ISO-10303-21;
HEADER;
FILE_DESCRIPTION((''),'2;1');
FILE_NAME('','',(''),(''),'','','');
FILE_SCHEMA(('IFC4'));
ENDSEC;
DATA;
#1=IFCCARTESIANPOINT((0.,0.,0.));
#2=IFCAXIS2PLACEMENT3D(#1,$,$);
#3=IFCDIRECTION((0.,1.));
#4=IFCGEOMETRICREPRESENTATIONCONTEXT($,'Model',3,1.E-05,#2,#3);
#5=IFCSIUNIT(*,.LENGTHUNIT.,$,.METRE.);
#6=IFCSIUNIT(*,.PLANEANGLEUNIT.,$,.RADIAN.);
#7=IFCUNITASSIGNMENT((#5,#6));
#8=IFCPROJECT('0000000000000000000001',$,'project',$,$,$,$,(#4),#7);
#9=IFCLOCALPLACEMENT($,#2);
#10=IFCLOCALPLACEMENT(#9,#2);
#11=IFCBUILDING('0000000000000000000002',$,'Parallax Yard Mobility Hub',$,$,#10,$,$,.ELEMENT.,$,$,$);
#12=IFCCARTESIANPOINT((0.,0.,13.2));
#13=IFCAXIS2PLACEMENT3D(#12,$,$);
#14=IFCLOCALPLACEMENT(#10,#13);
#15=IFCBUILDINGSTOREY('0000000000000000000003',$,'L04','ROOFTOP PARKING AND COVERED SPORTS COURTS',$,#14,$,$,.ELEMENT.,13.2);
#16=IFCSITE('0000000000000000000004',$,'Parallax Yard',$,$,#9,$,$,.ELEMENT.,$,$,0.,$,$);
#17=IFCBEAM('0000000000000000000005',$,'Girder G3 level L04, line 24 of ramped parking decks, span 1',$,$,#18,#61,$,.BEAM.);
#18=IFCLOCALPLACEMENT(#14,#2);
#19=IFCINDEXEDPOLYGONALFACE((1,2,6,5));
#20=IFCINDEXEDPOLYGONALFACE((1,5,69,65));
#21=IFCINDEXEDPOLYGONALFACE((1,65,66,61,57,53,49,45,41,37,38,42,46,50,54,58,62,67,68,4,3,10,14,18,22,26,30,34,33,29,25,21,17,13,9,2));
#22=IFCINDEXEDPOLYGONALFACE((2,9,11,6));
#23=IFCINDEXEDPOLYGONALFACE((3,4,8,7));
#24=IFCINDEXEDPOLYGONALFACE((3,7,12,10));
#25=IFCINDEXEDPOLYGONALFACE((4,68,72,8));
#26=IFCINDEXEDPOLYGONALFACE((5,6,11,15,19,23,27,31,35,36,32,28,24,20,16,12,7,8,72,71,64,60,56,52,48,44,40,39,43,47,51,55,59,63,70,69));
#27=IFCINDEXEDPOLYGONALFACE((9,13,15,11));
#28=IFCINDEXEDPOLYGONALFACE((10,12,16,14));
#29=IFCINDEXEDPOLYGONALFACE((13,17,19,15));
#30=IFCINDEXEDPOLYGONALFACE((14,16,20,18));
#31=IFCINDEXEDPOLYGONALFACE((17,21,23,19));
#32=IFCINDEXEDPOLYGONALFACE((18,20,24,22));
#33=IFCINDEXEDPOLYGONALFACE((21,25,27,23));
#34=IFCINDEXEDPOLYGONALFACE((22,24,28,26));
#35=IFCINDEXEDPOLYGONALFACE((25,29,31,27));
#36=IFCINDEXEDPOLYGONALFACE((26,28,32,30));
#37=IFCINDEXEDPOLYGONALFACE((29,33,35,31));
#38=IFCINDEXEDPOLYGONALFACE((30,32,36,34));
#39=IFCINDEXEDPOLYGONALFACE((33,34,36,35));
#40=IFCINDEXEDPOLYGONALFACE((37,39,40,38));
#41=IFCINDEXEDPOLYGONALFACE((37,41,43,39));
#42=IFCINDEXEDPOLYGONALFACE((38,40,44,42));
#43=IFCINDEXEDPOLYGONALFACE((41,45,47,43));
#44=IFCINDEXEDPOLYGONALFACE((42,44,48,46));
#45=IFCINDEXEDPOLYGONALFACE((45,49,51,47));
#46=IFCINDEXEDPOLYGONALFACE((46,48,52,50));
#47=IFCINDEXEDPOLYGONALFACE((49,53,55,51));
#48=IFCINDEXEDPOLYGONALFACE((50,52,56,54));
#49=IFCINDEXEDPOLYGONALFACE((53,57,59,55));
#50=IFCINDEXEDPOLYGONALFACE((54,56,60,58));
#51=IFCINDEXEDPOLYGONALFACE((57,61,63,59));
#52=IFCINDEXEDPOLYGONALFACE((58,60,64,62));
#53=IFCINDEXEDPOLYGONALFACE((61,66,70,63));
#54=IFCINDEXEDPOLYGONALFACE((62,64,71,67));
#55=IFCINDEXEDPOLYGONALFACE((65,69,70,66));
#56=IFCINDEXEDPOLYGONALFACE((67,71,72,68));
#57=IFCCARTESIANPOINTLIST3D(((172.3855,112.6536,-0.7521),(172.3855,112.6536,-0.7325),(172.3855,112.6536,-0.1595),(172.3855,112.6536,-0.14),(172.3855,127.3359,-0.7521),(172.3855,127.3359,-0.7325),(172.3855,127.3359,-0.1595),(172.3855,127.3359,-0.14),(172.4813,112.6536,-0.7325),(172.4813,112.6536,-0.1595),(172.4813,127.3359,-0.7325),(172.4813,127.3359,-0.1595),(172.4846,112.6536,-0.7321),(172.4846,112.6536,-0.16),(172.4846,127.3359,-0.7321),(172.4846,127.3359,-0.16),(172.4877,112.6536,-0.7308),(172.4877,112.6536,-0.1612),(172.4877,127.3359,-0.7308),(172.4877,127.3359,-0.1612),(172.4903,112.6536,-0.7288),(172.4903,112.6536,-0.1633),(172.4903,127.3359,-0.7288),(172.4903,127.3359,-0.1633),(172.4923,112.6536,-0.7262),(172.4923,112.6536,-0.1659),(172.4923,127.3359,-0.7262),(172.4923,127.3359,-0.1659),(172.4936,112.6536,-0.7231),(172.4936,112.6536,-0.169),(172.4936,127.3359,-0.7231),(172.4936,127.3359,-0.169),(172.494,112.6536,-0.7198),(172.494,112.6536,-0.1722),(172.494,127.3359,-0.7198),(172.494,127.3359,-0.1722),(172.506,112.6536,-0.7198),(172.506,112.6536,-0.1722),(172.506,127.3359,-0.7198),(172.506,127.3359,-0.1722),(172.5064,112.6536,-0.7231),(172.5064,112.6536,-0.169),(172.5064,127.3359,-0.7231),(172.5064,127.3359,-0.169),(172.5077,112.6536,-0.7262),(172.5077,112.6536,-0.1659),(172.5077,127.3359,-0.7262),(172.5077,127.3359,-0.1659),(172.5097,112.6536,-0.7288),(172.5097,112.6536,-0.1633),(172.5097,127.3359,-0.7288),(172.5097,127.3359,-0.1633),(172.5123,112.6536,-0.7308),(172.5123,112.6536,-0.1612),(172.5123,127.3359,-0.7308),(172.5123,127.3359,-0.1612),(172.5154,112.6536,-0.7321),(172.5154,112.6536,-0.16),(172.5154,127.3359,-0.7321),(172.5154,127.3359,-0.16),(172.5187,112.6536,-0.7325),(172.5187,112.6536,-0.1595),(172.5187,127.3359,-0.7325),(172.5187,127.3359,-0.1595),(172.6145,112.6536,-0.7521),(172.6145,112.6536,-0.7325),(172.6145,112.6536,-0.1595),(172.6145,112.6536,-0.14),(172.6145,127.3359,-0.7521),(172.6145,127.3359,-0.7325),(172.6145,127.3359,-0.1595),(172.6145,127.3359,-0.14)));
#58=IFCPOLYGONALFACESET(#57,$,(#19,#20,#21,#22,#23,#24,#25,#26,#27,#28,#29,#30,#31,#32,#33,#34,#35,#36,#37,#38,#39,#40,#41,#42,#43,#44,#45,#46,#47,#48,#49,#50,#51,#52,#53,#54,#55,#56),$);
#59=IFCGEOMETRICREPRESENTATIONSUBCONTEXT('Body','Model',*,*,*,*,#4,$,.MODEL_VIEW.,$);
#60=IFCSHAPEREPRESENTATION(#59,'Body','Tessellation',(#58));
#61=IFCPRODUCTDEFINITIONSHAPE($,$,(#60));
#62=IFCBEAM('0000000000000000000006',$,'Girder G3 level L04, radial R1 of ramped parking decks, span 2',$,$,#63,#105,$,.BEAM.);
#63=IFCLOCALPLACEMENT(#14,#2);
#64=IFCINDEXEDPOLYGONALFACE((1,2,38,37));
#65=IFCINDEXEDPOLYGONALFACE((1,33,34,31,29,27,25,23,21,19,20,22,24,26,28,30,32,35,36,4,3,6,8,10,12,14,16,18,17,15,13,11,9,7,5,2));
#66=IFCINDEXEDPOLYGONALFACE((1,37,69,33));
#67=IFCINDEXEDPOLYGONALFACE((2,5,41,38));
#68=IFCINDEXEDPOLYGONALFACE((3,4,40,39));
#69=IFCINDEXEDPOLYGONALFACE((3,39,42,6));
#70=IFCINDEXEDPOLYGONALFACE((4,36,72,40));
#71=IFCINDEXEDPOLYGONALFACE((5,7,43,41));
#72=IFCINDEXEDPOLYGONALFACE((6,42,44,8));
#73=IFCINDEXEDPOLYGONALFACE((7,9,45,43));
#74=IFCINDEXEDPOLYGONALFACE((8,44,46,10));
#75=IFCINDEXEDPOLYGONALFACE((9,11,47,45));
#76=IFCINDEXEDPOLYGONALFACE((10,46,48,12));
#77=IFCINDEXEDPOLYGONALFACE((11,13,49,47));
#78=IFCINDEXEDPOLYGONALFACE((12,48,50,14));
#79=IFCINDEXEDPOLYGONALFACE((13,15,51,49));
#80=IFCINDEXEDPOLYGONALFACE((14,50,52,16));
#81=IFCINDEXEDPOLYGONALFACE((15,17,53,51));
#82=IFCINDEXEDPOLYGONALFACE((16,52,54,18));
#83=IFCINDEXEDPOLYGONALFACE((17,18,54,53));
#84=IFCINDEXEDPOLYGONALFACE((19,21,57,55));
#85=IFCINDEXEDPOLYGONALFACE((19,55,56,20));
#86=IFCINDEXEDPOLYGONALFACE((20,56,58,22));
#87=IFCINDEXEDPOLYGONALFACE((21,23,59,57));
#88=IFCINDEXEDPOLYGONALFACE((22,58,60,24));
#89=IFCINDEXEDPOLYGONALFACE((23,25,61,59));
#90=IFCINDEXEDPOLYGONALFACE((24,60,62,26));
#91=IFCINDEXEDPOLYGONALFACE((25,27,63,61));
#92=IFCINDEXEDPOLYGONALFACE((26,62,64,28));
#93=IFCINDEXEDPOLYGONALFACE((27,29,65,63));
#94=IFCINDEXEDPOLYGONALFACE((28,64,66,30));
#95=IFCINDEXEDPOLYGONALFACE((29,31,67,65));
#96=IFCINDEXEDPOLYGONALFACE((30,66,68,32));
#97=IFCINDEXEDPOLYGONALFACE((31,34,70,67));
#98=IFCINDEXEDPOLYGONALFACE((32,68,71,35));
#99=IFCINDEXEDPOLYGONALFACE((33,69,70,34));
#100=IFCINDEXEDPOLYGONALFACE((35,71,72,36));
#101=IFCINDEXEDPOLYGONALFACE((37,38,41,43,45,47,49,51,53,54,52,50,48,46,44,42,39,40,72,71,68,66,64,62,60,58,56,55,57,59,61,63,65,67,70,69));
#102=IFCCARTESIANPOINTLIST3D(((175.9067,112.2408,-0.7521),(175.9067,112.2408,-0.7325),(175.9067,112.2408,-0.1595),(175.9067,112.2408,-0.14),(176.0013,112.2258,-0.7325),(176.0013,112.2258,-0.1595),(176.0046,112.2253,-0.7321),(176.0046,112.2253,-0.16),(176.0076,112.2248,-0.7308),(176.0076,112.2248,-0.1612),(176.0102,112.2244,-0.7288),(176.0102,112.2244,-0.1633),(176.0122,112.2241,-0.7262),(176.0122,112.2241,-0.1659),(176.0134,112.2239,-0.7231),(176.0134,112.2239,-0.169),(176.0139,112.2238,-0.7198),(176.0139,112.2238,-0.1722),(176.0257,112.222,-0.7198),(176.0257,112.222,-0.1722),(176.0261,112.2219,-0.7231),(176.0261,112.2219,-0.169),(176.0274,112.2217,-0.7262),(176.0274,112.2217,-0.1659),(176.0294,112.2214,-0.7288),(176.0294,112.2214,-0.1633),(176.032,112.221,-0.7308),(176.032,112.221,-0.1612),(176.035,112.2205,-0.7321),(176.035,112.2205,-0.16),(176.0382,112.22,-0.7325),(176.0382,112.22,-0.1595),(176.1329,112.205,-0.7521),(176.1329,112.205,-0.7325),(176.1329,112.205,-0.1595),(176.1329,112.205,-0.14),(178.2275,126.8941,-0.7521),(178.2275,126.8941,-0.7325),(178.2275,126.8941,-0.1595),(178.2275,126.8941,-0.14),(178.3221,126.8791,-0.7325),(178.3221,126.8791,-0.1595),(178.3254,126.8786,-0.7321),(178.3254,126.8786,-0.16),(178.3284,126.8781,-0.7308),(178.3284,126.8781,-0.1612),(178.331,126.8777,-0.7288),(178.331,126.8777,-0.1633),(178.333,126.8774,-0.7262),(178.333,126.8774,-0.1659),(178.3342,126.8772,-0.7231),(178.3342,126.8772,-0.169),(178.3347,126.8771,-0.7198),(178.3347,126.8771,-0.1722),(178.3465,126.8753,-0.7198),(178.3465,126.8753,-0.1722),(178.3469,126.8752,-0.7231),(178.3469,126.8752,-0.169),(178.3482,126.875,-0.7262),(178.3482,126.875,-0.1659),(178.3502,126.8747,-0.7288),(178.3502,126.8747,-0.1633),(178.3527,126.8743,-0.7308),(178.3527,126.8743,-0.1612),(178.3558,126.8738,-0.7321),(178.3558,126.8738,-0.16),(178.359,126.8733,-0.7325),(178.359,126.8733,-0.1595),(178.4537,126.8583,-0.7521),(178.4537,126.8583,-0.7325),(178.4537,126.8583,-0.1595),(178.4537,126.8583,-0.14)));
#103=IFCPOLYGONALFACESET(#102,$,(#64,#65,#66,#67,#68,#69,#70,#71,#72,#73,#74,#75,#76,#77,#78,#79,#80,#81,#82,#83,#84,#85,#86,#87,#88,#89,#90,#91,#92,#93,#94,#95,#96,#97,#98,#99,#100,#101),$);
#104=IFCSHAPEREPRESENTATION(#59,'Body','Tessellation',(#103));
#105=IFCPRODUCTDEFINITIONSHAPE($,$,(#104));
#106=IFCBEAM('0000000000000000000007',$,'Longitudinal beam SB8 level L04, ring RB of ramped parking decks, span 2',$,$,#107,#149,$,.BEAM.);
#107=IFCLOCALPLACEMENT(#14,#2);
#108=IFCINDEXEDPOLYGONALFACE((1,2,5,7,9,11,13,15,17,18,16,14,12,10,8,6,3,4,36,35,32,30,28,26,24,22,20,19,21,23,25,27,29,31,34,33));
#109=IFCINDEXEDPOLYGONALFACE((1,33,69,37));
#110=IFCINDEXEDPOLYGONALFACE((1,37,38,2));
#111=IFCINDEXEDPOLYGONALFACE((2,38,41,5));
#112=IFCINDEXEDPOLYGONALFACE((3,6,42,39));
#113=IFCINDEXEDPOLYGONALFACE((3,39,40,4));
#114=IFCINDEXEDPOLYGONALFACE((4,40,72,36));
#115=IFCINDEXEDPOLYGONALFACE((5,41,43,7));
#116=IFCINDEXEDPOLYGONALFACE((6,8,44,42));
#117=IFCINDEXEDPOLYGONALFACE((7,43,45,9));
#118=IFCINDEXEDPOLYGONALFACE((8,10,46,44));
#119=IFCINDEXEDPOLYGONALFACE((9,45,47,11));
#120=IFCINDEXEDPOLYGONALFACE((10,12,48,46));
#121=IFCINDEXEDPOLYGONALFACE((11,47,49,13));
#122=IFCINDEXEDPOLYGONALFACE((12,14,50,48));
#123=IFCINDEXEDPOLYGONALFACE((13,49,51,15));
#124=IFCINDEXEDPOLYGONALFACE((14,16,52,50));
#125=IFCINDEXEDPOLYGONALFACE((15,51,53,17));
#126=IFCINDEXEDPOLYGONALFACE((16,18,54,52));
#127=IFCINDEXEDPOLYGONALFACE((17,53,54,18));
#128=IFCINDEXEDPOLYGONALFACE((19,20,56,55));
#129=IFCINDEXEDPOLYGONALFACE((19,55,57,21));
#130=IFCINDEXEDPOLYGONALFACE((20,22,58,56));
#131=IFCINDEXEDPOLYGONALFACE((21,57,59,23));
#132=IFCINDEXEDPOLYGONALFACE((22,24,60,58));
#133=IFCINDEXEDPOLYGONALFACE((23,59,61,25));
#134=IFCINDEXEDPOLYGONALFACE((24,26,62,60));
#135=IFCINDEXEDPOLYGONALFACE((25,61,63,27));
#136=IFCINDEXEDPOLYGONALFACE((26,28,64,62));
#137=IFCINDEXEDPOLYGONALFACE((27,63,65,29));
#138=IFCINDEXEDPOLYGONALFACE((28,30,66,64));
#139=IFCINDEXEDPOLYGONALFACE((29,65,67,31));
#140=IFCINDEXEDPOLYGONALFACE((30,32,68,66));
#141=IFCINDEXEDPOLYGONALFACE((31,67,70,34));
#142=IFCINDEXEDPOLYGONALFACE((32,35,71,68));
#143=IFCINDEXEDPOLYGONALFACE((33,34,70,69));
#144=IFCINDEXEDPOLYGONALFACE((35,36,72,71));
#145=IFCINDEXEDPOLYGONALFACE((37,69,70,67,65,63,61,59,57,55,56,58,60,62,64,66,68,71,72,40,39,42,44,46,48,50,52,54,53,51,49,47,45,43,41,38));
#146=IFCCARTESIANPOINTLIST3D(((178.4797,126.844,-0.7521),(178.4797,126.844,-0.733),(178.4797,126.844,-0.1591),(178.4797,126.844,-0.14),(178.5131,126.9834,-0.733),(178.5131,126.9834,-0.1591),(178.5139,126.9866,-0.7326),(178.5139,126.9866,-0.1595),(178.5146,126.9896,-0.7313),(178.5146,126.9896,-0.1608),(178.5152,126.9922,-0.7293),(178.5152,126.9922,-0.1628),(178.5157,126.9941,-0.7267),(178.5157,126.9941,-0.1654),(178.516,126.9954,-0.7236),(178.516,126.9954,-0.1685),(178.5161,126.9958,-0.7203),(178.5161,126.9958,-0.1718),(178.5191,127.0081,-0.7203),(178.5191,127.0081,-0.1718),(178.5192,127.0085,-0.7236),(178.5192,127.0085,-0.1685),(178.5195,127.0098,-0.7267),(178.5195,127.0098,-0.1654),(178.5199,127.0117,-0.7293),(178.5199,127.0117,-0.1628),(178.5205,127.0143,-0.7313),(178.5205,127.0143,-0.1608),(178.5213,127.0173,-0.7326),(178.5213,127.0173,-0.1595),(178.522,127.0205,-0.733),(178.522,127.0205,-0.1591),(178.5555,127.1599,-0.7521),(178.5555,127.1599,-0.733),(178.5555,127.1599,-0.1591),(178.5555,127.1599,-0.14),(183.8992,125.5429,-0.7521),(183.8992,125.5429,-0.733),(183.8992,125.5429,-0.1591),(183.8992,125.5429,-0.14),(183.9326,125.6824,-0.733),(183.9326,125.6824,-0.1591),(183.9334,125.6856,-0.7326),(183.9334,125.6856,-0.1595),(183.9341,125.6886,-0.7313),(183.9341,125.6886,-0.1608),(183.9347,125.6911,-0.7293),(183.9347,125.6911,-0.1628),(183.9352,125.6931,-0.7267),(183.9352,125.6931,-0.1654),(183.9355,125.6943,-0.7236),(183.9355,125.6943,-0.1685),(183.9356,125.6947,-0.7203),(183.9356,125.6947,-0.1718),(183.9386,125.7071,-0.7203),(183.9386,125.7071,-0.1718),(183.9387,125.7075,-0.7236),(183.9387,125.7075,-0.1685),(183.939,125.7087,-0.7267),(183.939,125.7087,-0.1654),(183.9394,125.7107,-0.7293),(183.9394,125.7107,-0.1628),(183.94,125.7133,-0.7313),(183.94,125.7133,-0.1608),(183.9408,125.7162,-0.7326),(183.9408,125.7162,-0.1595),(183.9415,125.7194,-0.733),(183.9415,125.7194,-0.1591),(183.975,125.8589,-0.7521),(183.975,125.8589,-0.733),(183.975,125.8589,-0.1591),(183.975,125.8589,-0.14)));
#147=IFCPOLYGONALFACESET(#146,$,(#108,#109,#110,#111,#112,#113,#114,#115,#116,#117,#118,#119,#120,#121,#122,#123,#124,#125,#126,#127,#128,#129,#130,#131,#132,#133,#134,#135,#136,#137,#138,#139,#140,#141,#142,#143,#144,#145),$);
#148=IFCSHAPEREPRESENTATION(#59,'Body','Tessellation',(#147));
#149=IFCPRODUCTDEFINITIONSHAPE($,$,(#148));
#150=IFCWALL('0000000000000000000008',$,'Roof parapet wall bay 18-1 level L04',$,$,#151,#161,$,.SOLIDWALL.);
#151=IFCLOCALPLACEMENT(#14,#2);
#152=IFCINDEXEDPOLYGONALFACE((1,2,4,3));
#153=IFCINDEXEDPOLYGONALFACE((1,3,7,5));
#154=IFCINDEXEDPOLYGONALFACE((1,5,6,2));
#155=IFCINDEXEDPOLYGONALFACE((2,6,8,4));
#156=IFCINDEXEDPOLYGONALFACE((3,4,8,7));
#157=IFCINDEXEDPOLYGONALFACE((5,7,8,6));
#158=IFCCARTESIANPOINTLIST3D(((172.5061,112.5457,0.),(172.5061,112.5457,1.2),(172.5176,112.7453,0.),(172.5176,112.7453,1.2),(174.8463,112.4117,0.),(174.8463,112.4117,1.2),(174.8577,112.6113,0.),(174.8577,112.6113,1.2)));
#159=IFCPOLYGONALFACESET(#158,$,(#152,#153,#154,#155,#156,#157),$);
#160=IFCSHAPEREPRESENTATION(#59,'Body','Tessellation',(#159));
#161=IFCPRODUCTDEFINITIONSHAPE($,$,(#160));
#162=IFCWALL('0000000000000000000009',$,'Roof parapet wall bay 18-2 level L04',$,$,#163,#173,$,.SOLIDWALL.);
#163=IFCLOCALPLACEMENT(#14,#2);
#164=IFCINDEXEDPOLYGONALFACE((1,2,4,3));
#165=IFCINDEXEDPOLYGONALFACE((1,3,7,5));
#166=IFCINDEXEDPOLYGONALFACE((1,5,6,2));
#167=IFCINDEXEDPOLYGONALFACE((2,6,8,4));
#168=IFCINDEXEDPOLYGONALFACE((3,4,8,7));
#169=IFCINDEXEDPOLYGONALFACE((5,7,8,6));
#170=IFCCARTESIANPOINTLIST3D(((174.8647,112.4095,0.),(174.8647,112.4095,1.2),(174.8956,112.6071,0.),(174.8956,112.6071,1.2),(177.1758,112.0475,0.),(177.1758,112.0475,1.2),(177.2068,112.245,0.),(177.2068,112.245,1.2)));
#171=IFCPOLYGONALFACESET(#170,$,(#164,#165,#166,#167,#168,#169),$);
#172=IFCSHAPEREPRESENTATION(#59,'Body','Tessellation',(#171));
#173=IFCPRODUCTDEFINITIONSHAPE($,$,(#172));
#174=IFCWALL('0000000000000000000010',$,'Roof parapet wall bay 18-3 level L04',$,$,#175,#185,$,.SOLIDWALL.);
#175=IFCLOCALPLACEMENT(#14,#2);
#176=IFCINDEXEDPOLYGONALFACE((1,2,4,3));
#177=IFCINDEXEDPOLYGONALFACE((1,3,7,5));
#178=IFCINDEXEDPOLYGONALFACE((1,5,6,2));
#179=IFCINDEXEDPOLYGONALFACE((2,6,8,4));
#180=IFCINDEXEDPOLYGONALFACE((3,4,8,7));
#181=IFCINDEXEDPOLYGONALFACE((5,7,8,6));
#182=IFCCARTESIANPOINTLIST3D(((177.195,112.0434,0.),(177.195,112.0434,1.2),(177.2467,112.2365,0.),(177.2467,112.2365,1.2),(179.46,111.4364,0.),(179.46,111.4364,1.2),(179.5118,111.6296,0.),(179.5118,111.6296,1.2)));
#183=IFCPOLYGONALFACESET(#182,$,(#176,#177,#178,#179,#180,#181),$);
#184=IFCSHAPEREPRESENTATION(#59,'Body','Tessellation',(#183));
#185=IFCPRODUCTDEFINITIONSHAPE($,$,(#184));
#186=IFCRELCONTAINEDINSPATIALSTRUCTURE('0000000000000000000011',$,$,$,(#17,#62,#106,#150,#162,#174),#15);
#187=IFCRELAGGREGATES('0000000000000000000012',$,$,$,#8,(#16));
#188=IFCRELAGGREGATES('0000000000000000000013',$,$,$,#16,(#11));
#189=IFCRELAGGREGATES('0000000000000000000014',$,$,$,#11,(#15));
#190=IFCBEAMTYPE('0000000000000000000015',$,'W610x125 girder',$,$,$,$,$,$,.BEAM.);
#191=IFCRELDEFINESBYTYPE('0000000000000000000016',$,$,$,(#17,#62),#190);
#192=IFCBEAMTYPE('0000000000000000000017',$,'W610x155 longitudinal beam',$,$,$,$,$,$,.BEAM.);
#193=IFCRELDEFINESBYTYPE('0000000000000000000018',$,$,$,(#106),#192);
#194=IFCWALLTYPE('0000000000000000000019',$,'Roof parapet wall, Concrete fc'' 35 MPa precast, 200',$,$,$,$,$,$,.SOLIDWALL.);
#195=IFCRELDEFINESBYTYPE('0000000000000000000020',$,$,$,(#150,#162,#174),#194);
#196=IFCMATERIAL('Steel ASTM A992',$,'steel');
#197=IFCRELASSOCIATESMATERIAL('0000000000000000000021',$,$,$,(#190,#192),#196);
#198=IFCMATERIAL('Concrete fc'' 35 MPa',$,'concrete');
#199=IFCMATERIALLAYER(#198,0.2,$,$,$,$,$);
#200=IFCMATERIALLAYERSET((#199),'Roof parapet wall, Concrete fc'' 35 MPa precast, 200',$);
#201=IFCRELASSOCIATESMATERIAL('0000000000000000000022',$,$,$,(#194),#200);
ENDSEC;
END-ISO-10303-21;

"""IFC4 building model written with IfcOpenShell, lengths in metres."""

from ifc_helpers import new_model, si_unit, direction, frame, frame_2d, origin, origin_2d, place, context, subcontext, project, spatial, rectangle, i_section, extrude, material, layer, layer_set, material_profile, profile_set, type_object, element, save


model = new_model("IFC4")

# Units and contexts
model_context = context("Model", 3, precision=1e-05, world=origin(), true_north=direction((0.0, 1.0)))
body_context = subcontext(model_context, "Body", "Model", "MODEL_VIEW")
ifc_project = project(units=[si_unit("LENGTHUNIT", "METRE"), si_unit("PLANEANGLEUNIT", "RADIAN")], contexts=[model_context])

# Site, building, storey
site_placement = place(None, origin())
site = spatial("IfcSite", under=ifc_project, at=site_placement, Name="Parallax Yard", CompositionType="ELEMENT", RefElevation=0.0)
building_placement = place(site_placement, origin())
building = spatial("IfcBuilding", under=site, at=building_placement, Name="Parallax Yard Mobility Hub", CompositionType="ELEMENT")
storey_placement = place(building_placement, frame((0.0, 0.0, 13.2)))
storey = spatial("IfcBuildingStorey", under=building, at=storey_placement, Name="L04", Description="ROOFTOP PARKING AND COVERED SPORTS COURTS", CompositionType="ELEMENT", Elevation=13.2)

# Shared definitions
ifc_material_1 = material(Name="Steel ASTM A992", Category="steel")

# Beams
ifc_material_profile_1 = material_profile(ifc_material_1, i_section(OverallWidth=0.229, OverallDepth=0.6121, WebThickness=0.012, FlangeThickness=0.0195, FilletRadius=0.0127, at=origin_2d()), Name="W610x125")
ifc_profile_set_1 = profile_set([ifc_material_profile_1], Name="Steel ASTM A992")
beam_type_1 = type_object("IfcBeamType", Name="W610x125 girder", PredefinedType="BEAM", material=ifc_profile_set_1)
beam_1_placement = place(storey_placement, frame((172.5, 112.6536, -0.446), z_axis=(0.0, 1.0, 0.0), x_axis=(-1.0, 0.0, 0.0)))
element("IfcBeam", 1, at=beam_1_placement, inside=storey, type_object=beam_type_1, Name="Girder G3 level L04, line 24 of ramped parking decks, span 1", PredefinedType="BEAM", context=body_context, shape_type="SweptSolid", body=[
    extrude(i_section(OverallWidth=0.229, OverallDepth=0.6121, WebThickness=0.012, FlangeThickness=0.0195, FilletRadius=0.0127, at=origin_2d()), origin(), (0.0, 0.0, 1.0), 14.6824),
])
beam_2_placement = place(storey_placement, frame((176.0198, 112.2229, -0.446), z_axis=(0.156431, 0.987689, 0.0), x_axis=(-0.987689, 0.156431, 0.0)))
element("IfcBeam", 2, at=beam_2_placement, inside=storey, type_object=beam_type_1, Name="Girder G3 level L04, radial R1 of ramped parking decks, span 2", PredefinedType="BEAM", context=body_context, shape_type="SweptSolid", body=[
    extrude(i_section(OverallWidth=0.229, OverallDepth=0.6121, WebThickness=0.012, FlangeThickness=0.0195, FilletRadius=0.0127, at=origin_2d()), origin(), (0.0, 0.0, 1.0), 14.8359),
])
ifc_material_profile_2 = material_profile(ifc_material_1, i_section(OverallWidth=0.325, OverallDepth=0.6121, WebThickness=0.0127, FlangeThickness=0.019, FilletRadius=0.0127, at=origin_2d()), Name="W610x155")
ifc_profile_set_2 = profile_set([ifc_material_profile_2], Name="Steel ASTM A992")
beam_type_2 = type_object("IfcBeamType", Name="W610x155 longitudinal beam", PredefinedType="BEAM", material=ifc_profile_set_2)
beam_3_placement = place(storey_placement, frame((178.5176, 127.002, -0.446), z_axis=(0.972373, -0.233434, 0.0), x_axis=(0.233434, 0.972373, 0.0)))
element("IfcBeam", 3, at=beam_3_placement, inside=storey, type_object=beam_type_2, Name="Longitudinal beam SB8 level L04, ring RB of ramped parking decks, span 2", PredefinedType="BEAM", context=body_context, shape_type="SweptSolid", body=[
    extrude(i_section(OverallWidth=0.325, OverallDepth=0.6121, WebThickness=0.0127, FlangeThickness=0.019, FilletRadius=0.0127, at=origin_2d()), origin(), (0.0, 0.0, 1.0), 5.5735),
])

# Walls
ifc_material_2 = material(Name="Concrete fc' 35 MPa", Category="concrete")
ifc_layer = layer(ifc_material_2, 0.2)
ifc_layer_set = layer_set([ifc_layer], Name="Roof parapet wall, Concrete fc' 35 MPa precast, 200")
wall_type = type_object("IfcWallType", Name="Roof parapet wall, Concrete fc' 35 MPa precast, 200", PredefinedType="SOLIDWALL", material=ifc_layer_set)
wall_1_placement = place(storey_placement, frame((172.512, 112.6455, 0.0), z_axis=(0.0, 0.0, 1.0), x_axis=(0.998364, -0.057183, 0.0)))
element("IfcWall", 4, at=wall_1_placement, inside=storey, type_object=wall_type, Name="Roof parapet wall bay 18-1 level L04", PredefinedType="SOLIDWALL", context=body_context, shape_type="SweptSolid", body=[
    extrude(rectangle(XDim=2.344, YDim=0.2, at=frame_2d((1.1719, 0.0))), origin(), (0.0, 0.0, 1.0), 1.2),
])
wall_2_placement = place(storey_placement, frame((174.8801, 112.5083, 0.0), z_axis=(0.0, 0.0, 1.0), x_axis=(0.987952, -0.154762, 0.0)))
element("IfcWall", 5, at=wall_2_placement, inside=storey, type_object=wall_type, Name="Roof parapet wall bay 18-2 level L04", PredefinedType="SOLIDWALL", context=body_context, shape_type="SweptSolid", body=[
    extrude(rectangle(XDim=2.3394, YDim=0.2, at=frame_2d((1.1697, 0.0))), origin(), (0.0, 0.0, 1.0), 1.2),
])
wall_3_placement = place(storey_placement, frame((177.2209, 112.1399, 0.0), z_axis=(0.0, 0.0, 1.0), x_axis=(0.965927, -0.258816, 0.0)))
element("IfcWall", 6, at=wall_3_placement, inside=storey, type_object=wall_type, Name="Roof parapet wall bay 18-3 level L04", PredefinedType="SOLIDWALL", context=body_context, shape_type="SweptSolid", body=[
    extrude(rectangle(XDim=2.345, YDim=0.2, at=frame_2d((1.1724, 0.0))), origin(), (0.0, 0.0, 1.0), 1.2),
])

save(model, "model.ifc")
